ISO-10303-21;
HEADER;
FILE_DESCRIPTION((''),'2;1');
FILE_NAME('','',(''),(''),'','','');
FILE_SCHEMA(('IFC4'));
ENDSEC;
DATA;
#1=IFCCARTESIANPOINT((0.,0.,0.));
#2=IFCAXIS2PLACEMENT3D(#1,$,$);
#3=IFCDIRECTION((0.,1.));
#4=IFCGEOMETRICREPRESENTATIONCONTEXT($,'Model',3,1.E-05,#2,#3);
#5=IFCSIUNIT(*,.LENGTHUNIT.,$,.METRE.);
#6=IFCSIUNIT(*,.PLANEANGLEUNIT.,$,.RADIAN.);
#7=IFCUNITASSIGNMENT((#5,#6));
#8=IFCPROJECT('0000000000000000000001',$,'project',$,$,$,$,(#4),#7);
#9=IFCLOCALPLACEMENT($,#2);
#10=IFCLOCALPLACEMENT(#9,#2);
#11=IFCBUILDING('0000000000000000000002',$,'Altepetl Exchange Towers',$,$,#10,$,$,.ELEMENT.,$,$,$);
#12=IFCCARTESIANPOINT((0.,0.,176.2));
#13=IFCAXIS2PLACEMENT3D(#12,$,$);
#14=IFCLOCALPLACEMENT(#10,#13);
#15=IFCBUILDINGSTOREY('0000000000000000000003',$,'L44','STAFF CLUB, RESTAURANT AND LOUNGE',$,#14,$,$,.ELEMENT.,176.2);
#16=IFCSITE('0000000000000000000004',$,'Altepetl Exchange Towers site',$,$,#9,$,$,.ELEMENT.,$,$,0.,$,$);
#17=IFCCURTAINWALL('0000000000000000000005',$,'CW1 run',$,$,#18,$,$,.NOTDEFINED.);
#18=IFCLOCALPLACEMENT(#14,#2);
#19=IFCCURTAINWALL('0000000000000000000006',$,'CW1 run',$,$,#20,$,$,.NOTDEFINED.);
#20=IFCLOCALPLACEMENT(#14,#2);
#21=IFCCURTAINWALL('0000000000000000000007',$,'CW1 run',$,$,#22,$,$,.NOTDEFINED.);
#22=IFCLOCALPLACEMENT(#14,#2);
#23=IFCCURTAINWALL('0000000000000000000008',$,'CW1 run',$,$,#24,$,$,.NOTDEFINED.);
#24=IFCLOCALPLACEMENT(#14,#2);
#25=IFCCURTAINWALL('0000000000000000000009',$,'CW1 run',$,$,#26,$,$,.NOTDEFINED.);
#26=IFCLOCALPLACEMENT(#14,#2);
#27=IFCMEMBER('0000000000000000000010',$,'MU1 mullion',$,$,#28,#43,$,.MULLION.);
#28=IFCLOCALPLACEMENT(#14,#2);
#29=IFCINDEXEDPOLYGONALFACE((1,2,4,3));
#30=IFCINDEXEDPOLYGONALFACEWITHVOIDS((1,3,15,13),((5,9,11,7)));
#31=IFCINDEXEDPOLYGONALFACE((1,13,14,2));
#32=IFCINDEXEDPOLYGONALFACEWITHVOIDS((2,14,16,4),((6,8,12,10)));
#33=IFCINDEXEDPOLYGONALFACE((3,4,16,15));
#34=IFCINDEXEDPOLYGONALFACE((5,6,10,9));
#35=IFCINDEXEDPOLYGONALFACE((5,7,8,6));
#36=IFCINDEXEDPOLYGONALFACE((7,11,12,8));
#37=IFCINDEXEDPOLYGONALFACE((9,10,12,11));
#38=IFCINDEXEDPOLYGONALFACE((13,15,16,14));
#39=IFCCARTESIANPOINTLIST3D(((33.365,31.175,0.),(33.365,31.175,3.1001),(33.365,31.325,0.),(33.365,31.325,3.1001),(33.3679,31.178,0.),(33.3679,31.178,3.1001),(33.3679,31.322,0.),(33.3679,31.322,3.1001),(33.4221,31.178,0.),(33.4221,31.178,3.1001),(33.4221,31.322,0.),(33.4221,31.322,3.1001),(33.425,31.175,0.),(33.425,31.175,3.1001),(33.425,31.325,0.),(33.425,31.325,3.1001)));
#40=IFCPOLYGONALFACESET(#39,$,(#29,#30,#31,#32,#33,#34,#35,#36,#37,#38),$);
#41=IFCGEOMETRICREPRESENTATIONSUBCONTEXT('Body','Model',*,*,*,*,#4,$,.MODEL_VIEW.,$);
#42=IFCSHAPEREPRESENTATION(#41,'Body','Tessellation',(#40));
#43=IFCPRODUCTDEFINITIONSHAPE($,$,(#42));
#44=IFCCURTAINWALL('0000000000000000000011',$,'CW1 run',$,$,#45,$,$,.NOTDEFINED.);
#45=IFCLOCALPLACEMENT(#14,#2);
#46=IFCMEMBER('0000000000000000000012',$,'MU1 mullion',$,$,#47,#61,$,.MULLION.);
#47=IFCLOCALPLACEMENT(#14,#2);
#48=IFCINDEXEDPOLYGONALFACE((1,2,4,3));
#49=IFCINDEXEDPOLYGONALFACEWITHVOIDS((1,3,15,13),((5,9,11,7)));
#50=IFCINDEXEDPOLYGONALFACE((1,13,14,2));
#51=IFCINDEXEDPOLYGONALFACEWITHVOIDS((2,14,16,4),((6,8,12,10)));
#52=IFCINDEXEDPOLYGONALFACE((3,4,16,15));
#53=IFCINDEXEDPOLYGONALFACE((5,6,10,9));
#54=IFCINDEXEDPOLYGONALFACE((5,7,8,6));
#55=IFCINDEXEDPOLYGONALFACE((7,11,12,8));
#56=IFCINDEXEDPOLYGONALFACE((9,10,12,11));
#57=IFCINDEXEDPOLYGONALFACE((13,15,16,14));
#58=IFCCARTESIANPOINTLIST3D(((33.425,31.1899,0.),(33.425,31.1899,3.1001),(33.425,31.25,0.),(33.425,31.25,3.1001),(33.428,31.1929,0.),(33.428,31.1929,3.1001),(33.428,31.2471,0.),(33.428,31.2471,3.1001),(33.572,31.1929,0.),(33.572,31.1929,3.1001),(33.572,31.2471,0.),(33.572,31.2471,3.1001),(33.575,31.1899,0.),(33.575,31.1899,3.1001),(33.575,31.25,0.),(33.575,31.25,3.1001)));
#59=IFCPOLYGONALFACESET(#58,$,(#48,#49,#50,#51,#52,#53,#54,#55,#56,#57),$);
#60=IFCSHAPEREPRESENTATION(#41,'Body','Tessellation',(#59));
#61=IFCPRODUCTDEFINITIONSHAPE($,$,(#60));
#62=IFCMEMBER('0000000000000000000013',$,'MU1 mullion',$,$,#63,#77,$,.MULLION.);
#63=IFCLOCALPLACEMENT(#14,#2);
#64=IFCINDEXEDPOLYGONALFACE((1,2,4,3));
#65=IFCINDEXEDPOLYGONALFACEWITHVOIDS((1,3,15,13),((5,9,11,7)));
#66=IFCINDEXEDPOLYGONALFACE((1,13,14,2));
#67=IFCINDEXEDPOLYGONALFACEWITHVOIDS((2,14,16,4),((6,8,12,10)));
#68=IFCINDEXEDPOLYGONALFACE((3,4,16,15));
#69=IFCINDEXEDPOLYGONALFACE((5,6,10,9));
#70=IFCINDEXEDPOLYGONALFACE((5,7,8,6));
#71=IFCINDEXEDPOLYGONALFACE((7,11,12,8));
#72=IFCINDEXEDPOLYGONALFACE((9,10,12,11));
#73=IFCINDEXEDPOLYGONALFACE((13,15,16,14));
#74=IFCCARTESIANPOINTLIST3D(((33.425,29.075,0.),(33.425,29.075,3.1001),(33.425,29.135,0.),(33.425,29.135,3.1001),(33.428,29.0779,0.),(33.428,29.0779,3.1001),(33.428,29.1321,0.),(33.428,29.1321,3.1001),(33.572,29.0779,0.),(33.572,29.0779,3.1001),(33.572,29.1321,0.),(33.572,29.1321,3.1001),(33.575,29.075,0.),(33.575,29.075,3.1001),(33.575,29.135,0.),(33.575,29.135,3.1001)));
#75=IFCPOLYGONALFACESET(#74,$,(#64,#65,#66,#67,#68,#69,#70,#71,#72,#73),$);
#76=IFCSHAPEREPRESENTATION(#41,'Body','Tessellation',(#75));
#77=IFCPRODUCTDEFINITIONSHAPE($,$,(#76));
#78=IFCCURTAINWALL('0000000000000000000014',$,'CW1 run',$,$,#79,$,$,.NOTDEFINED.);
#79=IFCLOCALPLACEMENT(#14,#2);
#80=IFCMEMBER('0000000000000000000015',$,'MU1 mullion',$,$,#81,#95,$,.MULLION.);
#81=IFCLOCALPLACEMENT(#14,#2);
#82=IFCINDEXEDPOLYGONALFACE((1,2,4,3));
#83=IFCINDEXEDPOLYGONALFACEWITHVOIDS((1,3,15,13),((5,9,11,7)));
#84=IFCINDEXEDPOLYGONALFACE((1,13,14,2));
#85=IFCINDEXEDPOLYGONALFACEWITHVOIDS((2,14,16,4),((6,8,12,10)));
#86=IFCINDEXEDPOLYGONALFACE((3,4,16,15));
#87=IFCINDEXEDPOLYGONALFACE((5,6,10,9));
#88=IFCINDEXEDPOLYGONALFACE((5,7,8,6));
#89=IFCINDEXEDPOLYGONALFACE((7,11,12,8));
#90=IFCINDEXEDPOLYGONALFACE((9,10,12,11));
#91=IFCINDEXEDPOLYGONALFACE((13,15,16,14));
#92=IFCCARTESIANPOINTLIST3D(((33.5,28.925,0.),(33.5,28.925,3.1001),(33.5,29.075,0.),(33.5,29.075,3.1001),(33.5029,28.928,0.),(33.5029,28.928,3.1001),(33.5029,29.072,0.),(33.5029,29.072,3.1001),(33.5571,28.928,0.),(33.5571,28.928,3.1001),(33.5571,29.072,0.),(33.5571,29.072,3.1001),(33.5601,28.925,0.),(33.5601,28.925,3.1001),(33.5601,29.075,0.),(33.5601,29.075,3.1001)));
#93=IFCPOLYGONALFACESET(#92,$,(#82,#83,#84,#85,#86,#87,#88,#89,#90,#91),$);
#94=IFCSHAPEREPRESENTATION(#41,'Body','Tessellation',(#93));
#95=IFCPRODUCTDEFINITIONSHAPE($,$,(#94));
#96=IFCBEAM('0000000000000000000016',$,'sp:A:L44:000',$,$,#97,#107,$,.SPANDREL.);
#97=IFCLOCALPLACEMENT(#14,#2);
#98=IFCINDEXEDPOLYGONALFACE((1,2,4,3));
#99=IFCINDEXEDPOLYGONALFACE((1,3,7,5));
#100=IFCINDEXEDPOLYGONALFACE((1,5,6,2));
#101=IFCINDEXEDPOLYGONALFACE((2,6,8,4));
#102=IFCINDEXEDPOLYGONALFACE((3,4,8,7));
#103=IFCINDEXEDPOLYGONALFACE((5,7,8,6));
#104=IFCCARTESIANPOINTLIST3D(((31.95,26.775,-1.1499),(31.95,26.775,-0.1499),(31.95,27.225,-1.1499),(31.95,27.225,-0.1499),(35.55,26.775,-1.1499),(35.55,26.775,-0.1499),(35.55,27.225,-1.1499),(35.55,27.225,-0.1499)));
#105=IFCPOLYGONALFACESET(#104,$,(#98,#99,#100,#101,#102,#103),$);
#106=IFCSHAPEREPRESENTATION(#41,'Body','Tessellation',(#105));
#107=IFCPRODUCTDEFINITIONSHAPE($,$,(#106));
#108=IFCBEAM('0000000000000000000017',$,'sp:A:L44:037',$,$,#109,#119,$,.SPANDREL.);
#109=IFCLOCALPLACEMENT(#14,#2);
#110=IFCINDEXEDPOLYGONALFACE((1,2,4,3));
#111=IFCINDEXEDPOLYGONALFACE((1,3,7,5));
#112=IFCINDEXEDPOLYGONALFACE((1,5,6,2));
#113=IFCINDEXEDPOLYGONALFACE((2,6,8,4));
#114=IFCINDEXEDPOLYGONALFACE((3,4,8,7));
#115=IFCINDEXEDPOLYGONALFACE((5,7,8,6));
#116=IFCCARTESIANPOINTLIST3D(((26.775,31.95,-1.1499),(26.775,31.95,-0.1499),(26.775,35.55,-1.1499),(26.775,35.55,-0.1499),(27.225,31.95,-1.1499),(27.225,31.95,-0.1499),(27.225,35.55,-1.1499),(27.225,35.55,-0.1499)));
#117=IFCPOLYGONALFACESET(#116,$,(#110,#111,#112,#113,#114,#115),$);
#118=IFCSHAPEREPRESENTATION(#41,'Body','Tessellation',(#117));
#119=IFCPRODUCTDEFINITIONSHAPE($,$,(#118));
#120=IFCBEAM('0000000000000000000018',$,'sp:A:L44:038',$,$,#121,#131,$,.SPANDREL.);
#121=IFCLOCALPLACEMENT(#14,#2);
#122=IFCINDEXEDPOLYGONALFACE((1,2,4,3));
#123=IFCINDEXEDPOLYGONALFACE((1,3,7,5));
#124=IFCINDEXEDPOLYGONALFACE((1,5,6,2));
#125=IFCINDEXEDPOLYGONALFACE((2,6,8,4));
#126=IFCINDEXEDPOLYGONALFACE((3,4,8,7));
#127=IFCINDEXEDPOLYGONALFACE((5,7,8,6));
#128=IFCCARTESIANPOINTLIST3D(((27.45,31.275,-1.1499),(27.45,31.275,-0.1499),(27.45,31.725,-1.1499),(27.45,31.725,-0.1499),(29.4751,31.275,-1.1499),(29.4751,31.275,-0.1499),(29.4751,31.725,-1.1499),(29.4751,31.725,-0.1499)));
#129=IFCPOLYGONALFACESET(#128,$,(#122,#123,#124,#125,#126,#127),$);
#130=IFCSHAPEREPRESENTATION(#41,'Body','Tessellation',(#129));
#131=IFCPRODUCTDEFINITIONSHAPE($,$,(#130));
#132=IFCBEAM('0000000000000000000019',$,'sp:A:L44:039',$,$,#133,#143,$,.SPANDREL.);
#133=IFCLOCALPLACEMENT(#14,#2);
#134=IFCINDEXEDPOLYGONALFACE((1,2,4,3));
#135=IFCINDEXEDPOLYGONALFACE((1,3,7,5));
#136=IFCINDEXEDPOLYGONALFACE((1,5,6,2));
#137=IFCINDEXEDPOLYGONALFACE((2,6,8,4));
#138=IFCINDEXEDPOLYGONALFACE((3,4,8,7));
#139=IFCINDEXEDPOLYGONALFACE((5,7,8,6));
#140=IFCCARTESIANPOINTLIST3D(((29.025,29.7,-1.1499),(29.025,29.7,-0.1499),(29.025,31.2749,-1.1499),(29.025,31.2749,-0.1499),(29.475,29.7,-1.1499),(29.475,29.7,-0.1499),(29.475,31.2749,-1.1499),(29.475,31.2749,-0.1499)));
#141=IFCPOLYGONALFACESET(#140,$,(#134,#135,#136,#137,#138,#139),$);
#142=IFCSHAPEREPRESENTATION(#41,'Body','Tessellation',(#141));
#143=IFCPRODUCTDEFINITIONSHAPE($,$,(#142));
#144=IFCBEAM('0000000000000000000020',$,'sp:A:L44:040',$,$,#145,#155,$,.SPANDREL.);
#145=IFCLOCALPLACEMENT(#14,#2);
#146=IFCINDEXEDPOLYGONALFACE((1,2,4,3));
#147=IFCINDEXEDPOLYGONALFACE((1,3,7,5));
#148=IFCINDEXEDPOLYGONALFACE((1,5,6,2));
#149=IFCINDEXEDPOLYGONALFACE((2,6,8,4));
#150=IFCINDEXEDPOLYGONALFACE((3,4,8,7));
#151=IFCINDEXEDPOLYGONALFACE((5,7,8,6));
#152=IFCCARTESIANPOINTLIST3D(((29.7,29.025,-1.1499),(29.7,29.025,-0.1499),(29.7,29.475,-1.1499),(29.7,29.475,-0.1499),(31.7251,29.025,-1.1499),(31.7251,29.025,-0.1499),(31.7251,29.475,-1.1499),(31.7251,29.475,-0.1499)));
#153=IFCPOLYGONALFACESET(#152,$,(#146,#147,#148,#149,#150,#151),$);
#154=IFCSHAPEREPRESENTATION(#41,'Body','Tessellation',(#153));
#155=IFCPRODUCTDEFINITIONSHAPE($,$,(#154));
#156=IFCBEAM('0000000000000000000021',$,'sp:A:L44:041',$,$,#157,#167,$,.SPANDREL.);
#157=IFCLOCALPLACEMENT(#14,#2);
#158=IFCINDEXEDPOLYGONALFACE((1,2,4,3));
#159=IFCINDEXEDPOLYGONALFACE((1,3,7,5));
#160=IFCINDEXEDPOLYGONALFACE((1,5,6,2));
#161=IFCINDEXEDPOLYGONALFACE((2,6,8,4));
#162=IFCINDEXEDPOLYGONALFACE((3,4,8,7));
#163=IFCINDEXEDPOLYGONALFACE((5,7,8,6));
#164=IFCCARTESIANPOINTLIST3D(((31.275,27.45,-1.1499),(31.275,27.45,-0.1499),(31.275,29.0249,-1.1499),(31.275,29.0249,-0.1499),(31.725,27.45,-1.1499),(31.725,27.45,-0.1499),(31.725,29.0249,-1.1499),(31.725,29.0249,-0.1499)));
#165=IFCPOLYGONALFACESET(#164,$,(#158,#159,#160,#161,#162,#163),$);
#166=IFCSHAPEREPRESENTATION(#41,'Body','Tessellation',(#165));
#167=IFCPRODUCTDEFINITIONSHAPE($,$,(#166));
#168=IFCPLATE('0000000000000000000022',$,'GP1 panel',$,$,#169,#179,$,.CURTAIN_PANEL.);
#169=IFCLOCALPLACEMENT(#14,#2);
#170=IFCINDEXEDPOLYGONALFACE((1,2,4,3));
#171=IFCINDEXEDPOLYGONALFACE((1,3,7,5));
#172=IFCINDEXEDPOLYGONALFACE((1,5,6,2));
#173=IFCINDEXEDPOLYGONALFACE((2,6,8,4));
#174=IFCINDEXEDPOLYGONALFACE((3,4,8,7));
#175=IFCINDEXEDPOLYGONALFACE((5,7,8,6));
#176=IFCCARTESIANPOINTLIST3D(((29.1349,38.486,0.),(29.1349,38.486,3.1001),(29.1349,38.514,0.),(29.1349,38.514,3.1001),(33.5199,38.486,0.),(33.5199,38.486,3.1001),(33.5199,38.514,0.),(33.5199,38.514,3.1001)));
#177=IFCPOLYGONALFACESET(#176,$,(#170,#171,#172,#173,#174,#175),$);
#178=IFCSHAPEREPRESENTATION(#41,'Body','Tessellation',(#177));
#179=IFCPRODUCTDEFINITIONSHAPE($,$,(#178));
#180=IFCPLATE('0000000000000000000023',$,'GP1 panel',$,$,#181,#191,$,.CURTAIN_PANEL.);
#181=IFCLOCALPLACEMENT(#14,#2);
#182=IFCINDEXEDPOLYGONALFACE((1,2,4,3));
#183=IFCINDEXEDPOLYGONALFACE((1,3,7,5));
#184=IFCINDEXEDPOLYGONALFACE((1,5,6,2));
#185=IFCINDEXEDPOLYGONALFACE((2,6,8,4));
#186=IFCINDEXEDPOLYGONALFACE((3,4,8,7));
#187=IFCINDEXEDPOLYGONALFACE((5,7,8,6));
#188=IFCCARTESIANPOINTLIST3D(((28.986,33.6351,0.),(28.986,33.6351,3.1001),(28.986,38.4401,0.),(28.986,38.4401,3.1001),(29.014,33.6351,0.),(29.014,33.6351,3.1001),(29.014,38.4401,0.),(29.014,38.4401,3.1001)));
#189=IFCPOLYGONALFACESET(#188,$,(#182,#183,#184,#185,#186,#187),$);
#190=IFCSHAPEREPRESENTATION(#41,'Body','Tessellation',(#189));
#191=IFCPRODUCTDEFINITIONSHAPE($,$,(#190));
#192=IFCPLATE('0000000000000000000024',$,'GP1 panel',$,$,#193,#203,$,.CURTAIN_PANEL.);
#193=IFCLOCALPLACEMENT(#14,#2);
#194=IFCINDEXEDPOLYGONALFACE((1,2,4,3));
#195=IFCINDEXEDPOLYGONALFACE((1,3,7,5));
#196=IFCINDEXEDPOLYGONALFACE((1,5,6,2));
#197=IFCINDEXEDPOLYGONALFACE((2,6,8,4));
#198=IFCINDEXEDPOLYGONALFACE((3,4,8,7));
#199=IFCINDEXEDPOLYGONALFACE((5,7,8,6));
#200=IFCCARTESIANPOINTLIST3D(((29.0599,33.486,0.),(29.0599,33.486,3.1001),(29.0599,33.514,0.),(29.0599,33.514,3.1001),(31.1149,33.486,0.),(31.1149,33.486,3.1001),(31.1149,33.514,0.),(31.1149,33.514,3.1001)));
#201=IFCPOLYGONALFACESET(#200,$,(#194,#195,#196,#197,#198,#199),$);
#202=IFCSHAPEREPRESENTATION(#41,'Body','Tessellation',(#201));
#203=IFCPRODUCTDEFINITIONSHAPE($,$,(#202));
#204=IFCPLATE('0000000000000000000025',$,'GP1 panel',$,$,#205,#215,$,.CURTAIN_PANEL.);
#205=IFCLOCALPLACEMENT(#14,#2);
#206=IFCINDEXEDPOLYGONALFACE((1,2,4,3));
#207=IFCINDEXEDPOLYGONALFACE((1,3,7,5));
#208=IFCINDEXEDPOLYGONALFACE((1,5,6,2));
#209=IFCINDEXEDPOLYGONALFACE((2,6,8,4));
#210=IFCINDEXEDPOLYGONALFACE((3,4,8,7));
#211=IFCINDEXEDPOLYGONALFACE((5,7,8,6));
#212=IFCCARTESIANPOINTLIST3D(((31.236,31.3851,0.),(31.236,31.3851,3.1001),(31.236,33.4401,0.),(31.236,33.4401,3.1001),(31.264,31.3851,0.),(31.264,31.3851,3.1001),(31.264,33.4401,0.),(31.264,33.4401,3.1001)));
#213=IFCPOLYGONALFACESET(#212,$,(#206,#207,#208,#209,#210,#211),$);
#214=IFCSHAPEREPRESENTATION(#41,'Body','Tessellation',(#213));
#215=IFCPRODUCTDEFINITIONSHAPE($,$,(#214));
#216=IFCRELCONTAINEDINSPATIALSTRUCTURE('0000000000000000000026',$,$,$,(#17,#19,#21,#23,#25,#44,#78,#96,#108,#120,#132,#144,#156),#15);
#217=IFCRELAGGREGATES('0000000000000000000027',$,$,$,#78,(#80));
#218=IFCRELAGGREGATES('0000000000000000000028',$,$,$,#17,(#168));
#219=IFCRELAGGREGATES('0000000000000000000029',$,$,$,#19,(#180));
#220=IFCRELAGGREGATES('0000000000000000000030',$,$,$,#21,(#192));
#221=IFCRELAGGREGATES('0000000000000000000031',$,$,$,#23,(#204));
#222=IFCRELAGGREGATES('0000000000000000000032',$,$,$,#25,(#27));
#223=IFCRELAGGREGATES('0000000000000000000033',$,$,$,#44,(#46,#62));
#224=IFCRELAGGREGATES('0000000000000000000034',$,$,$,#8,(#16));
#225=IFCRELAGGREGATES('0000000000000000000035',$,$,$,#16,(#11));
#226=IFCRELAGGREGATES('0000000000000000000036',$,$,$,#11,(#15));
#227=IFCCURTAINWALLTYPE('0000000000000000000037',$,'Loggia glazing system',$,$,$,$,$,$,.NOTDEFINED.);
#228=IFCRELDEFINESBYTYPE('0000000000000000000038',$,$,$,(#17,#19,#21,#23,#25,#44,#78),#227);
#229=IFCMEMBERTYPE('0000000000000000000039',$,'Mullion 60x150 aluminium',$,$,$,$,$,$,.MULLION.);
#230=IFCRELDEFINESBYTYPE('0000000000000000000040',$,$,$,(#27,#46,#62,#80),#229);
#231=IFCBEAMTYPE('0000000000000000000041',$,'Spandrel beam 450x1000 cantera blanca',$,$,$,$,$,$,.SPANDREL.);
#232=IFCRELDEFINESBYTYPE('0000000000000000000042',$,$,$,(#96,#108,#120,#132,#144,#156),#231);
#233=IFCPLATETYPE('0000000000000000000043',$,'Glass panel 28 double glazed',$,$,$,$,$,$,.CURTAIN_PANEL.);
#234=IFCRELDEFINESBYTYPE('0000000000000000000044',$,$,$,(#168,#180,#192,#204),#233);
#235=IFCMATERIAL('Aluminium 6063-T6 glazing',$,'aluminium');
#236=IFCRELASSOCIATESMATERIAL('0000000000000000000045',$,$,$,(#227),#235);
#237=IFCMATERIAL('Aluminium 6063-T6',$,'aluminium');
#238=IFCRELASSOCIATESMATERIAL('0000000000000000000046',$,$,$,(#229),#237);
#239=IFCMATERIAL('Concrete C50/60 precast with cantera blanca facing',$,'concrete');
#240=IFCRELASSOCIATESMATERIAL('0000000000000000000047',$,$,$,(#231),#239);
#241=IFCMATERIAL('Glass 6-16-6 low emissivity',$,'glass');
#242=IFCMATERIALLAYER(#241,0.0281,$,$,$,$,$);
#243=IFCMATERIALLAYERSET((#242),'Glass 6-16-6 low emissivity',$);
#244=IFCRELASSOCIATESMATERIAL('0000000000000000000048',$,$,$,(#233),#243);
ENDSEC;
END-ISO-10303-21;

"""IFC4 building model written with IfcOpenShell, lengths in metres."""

from ifc_helpers import new_model, si_unit, direction, frame, origin, origin_2d, place, context, subcontext, project, spatial, rectangle, hollow_rectangle, extrude, material, layer, layer_set, material_profile, profile_set, type_object, element, aggregate, save


model = new_model("IFC4")

# Units and contexts
model_context = context("Model", 3, precision=1e-05, world=origin(), true_north=direction((0.0, 1.0)))
body_context = subcontext(model_context, "Body", "Model", "MODEL_VIEW")
ifc_project = project(units=[si_unit("LENGTHUNIT", "METRE"), si_unit("PLANEANGLEUNIT", "RADIAN")], contexts=[model_context])

# Site, building, storey
site_placement = place(None, origin())
site = spatial("IfcSite", under=ifc_project, at=site_placement, Name="Altepetl Exchange Towers site", CompositionType="ELEMENT", RefElevation=0.0)
building_placement = place(site_placement, origin())
building = spatial("IfcBuilding", under=site, at=building_placement, Name="Altepetl Exchange Towers", CompositionType="ELEMENT")
storey_placement = place(building_placement, frame((0.0, 0.0, 176.2)))
storey = spatial("IfcBuildingStorey", under=building, at=storey_placement, Name="L44", Description="STAFF CLUB, RESTAURANT AND LOUNGE", CompositionType="ELEMENT", Elevation=176.2)

# Curtain wall
ifc_material_1 = material(Name="Aluminium 6063-T6 glazing", Category="aluminium")
curtain_wall_type = type_object("IfcCurtainWallType", Name="Loggia glazing system", PredefinedType="NOTDEFINED", material=ifc_material_1)
curtain_wall_1_placement = place(storey_placement, origin())
curtain_wall_1 = element("IfcCurtainWall", 1, at=curtain_wall_1_placement, inside=storey, type_object=curtain_wall_type, Name="CW1 run", PredefinedType="NOTDEFINED")
ifc_material_2 = material(Name="Aluminium 6063-T6", Category="aluminium")
ifc_material_profile_1 = material_profile(ifc_material_2, hollow_rectangle(XDim=0.0601, YDim=0.1499, WallThickness=0.0029, at=origin_2d()), Name="Mullion 60x150 aluminium")
ifc_profile_set_1 = profile_set([ifc_material_profile_1], Name="Aluminium 6063-T6")
member_type = type_object("IfcMemberType", Name="Mullion 60x150 aluminium", PredefinedType="MULLION", material=ifc_profile_set_1)

# Curtain walls, members
curtain_wall_2_placement = place(storey_placement, origin())
curtain_wall_2 = element("IfcCurtainWall", 2, at=curtain_wall_2_placement, inside=storey, type_object=curtain_wall_type, Name="CW1 run", PredefinedType="NOTDEFINED")
curtain_wall_3_placement = place(storey_placement, origin())
curtain_wall_3 = element("IfcCurtainWall", 3, at=curtain_wall_3_placement, inside=storey, type_object=curtain_wall_type, Name="CW1 run", PredefinedType="NOTDEFINED")
curtain_wall_4_placement = place(storey_placement, origin())
curtain_wall_4 = element("IfcCurtainWall", 4, at=curtain_wall_4_placement, inside=storey, type_object=curtain_wall_type, Name="CW1 run", PredefinedType="NOTDEFINED")
curtain_wall_5_placement = place(storey_placement, origin())
curtain_wall_5 = element("IfcCurtainWall", 5, at=curtain_wall_5_placement, inside=storey, type_object=curtain_wall_type, Name="CW1 run", PredefinedType="NOTDEFINED")
member_1_placement = place(storey_placement, frame((33.395, 31.25, 0.0)))
member_1 = element("IfcMember", 6, at=member_1_placement, type_object=member_type, Name="MU1 mullion", PredefinedType="MULLION", context=body_context, shape_type="SweptSolid", body=[
    extrude(hollow_rectangle(XDim=0.0601, YDim=0.1499, WallThickness=0.0029, at=origin_2d()), origin(), (0.0, 0.0, 1.0), 3.1001),
])
curtain_wall_6_placement = place(storey_placement, origin())
curtain_wall_6 = element("IfcCurtainWall", 7, at=curtain_wall_6_placement, inside=storey, type_object=curtain_wall_type, Name="CW1 run", PredefinedType="NOTDEFINED")
member_2_placement = place(storey_placement, frame((33.5, 31.22, 0.0), z_axis=(0.0, 0.0, 1.0), x_axis=(0.0, -1.0, 0.0)))
member_2 = element("IfcMember", 8, at=member_2_placement, type_object=member_type, Name="MU1 mullion", PredefinedType="MULLION", context=body_context, shape_type="SweptSolid", body=[
    extrude(hollow_rectangle(XDim=0.0601, YDim=0.1499, WallThickness=0.0029, at=origin_2d()), origin(), (0.0, 0.0, 1.0), 3.1001),
])
member_3_placement = place(storey_placement, frame((33.5, 29.105, 0.0), z_axis=(0.0, 0.0, 1.0), x_axis=(0.0, -1.0, 0.0)))
member_3 = element("IfcMember", 9, at=member_3_placement, type_object=member_type, Name="MU1 mullion", PredefinedType="MULLION", context=body_context, shape_type="SweptSolid", body=[
    extrude(hollow_rectangle(XDim=0.0601, YDim=0.1499, WallThickness=0.0029, at=origin_2d()), origin(), (0.0, 0.0, 1.0), 3.1001),
])

# Curtain wall, member
curtain_wall_7_placement = place(storey_placement, origin())
curtain_wall_7 = element("IfcCurtainWall", 10, at=curtain_wall_7_placement, inside=storey, type_object=curtain_wall_type, Name="CW1 run", PredefinedType="NOTDEFINED")
member_4_placement = place(storey_placement, frame((33.53, 29.0, 0.0)))
member_4 = element("IfcMember", 11, at=member_4_placement, type_object=member_type, Name="MU1 mullion", PredefinedType="MULLION", context=body_context, shape_type="SweptSolid", body=[
    extrude(hollow_rectangle(XDim=0.0601, YDim=0.1499, WallThickness=0.0029, at=origin_2d()), origin(), (0.0, 0.0, 1.0), 3.1001),
])
aggregate(curtain_wall_7, [member_4])

# Beams
ifc_material_3 = material(Name="Concrete C50/60 precast with cantera blanca facing", Category="concrete")
ifc_material_profile_2 = material_profile(ifc_material_3, rectangle(XDim=0.45, YDim=1.0, at=origin_2d()), Name="450 x 1000")
ifc_profile_set_2 = profile_set([ifc_material_profile_2], Name="Concrete C50/60 precast with cantera blanca facing")
beam_type_1 = type_object("IfcBeamType", Name="Spandrel beam 450x1000 cantera blanca", PredefinedType="SPANDREL", material=ifc_profile_set_2)
for number, where, z_axis, x_axis, name in (
    (12, (31.95, 27.0, -0.6499), (1.0, 0.0, 0.0), (0.0, 1.0, 0.0), "sp:A:L44:000"),
    (13, (27.0, 35.55, -0.6499), (0.0, -1.0, 0.0), (1.0, 0.0, 0.0), "sp:A:L44:037"),
):
    element("IfcBeam", number, at=place(storey_placement, frame(where, z_axis=z_axis, x_axis=x_axis)), inside=storey, type_object=beam_type_1, Name=name, PredefinedType="SPANDREL", context=body_context, shape_type="SweptSolid", body=[
        extrude(rectangle(XDim=0.45, YDim=1.0, at=origin_2d()), origin(), (0.0, 0.0, 1.0), 3.6001),
    ])
beam_1_placement = place(storey_placement, frame((27.45, 31.5, -0.6499), z_axis=(1.0, 0.0, 0.0), x_axis=(0.0, 1.0, 0.0)))
element("IfcBeam", 14, at=beam_1_placement, inside=storey, type_object=beam_type_1, Name="sp:A:L44:038", PredefinedType="SPANDREL", context=body_context, shape_type="SweptSolid", body=[
    extrude(rectangle(XDim=0.45, YDim=1.0, at=origin_2d()), origin(), (0.0, 0.0, 1.0), 2.0251),
])
beam_2_placement = place(storey_placement, frame((29.25, 31.2749, -0.6499), z_axis=(0.0, -1.0, 0.0), x_axis=(1.0, 0.0, 0.0)))
element("IfcBeam", 15, at=beam_2_placement, inside=storey, type_object=beam_type_1, Name="sp:A:L44:039", PredefinedType="SPANDREL", context=body_context, shape_type="SweptSolid", body=[
    extrude(rectangle(XDim=0.45, YDim=1.0, at=origin_2d()), origin(), (0.0, 0.0, 1.0), 1.575),
])
beam_3_placement = place(storey_placement, frame((29.7, 29.25, -0.6499), z_axis=(1.0, 0.0, 0.0), x_axis=(0.0, 1.0, 0.0)))
element("IfcBeam", 16, at=beam_3_placement, inside=storey, type_object=beam_type_1, Name="sp:A:L44:040", PredefinedType="SPANDREL", context=body_context, shape_type="SweptSolid", body=[
    extrude(rectangle(XDim=0.45, YDim=1.0, at=origin_2d()), origin(), (0.0, 0.0, 1.0), 2.0251),
])
beam_4_placement = place(storey_placement, frame((31.5, 29.0249, -0.6499), z_axis=(0.0, -1.0, 0.0), x_axis=(1.0, 0.0, 0.0)))
element("IfcBeam", 17, at=beam_4_placement, inside=storey, type_object=beam_type_1, Name="sp:A:L44:041", PredefinedType="SPANDREL", context=body_context, shape_type="SweptSolid", body=[
    extrude(rectangle(XDim=0.45, YDim=1.0, at=origin_2d()), origin(), (0.0, 0.0, 1.0), 1.575),
])

# Plates
ifc_material_4 = material(Name="Glass 6-16-6 low emissivity", Category="glass")
ifc_layer = layer(ifc_material_4, 0.0281)
ifc_layer_set = layer_set([ifc_layer], Name="Glass 6-16-6 low emissivity")
plate_type = type_object("IfcPlateType", Name="Glass panel 28 double glazed", PredefinedType="CURTAIN_PANEL", material=ifc_layer_set)
plate_1_placement = place(storey_placement, frame((31.3274, 38.5, 0.0), z_axis=(0.0, 0.0, 1.0), x_axis=(-1.0, 0.0, 0.0)))
plate_1 = element("IfcPlate", 18, at=plate_1_placement, type_object=plate_type, Name="GP1 panel", PredefinedType="CURTAIN_PANEL", context=body_context, shape_type="SweptSolid", body=[
    extrude(rectangle(XDim=4.385, YDim=0.0281, at=origin_2d()), origin(), (0.0, 0.0, 1.0), 3.1001),
])
aggregate(curtain_wall_1, [plate_1])
plate_2_placement = place(storey_placement, frame((29.0, 36.0376, 0.0), z_axis=(0.0, 0.0, 1.0), x_axis=(0.0, -1.0, 0.0)))
plate_2 = element("IfcPlate", 19, at=plate_2_placement, type_object=plate_type, Name="GP1 panel", PredefinedType="CURTAIN_PANEL", context=body_context, shape_type="SweptSolid", body=[
    extrude(rectangle(XDim=4.8049, YDim=0.0281, at=origin_2d()), origin(), (0.0, 0.0, 1.0), 3.1001),
])
aggregate(curtain_wall_2, [plate_2])
plate_3_placement = place(storey_placement, frame((30.0874, 33.5, 0.0)))
plate_3 = element("IfcPlate", 20, at=plate_3_placement, type_object=plate_type, Name="GP1 panel", PredefinedType="CURTAIN_PANEL", context=body_context, shape_type="SweptSolid", body=[
    extrude(rectangle(XDim=2.0549, YDim=0.0281, at=origin_2d()), origin(), (0.0, 0.0, 1.0), 3.1001),
])
aggregate(curtain_wall_3, [plate_3])
plate_4_placement = place(storey_placement, frame((31.25, 32.4126, 0.0), z_axis=(0.0, 0.0, 1.0), x_axis=(0.0, -1.0, 0.0)))
plate_4 = element("IfcPlate", 21, at=plate_4_placement, type_object=plate_type, Name="GP1 panel", PredefinedType="CURTAIN_PANEL", context=body_context, shape_type="SweptSolid", body=[
    extrude(rectangle(XDim=2.0549, YDim=0.0281, at=origin_2d()), origin(), (0.0, 0.0, 1.0), 3.1001),
])
aggregate(curtain_wall_4, [plate_4])
aggregate(curtain_wall_5, [member_1])
aggregate(curtain_wall_6, [member_2, member_3])

save(model, "model.ifc")
